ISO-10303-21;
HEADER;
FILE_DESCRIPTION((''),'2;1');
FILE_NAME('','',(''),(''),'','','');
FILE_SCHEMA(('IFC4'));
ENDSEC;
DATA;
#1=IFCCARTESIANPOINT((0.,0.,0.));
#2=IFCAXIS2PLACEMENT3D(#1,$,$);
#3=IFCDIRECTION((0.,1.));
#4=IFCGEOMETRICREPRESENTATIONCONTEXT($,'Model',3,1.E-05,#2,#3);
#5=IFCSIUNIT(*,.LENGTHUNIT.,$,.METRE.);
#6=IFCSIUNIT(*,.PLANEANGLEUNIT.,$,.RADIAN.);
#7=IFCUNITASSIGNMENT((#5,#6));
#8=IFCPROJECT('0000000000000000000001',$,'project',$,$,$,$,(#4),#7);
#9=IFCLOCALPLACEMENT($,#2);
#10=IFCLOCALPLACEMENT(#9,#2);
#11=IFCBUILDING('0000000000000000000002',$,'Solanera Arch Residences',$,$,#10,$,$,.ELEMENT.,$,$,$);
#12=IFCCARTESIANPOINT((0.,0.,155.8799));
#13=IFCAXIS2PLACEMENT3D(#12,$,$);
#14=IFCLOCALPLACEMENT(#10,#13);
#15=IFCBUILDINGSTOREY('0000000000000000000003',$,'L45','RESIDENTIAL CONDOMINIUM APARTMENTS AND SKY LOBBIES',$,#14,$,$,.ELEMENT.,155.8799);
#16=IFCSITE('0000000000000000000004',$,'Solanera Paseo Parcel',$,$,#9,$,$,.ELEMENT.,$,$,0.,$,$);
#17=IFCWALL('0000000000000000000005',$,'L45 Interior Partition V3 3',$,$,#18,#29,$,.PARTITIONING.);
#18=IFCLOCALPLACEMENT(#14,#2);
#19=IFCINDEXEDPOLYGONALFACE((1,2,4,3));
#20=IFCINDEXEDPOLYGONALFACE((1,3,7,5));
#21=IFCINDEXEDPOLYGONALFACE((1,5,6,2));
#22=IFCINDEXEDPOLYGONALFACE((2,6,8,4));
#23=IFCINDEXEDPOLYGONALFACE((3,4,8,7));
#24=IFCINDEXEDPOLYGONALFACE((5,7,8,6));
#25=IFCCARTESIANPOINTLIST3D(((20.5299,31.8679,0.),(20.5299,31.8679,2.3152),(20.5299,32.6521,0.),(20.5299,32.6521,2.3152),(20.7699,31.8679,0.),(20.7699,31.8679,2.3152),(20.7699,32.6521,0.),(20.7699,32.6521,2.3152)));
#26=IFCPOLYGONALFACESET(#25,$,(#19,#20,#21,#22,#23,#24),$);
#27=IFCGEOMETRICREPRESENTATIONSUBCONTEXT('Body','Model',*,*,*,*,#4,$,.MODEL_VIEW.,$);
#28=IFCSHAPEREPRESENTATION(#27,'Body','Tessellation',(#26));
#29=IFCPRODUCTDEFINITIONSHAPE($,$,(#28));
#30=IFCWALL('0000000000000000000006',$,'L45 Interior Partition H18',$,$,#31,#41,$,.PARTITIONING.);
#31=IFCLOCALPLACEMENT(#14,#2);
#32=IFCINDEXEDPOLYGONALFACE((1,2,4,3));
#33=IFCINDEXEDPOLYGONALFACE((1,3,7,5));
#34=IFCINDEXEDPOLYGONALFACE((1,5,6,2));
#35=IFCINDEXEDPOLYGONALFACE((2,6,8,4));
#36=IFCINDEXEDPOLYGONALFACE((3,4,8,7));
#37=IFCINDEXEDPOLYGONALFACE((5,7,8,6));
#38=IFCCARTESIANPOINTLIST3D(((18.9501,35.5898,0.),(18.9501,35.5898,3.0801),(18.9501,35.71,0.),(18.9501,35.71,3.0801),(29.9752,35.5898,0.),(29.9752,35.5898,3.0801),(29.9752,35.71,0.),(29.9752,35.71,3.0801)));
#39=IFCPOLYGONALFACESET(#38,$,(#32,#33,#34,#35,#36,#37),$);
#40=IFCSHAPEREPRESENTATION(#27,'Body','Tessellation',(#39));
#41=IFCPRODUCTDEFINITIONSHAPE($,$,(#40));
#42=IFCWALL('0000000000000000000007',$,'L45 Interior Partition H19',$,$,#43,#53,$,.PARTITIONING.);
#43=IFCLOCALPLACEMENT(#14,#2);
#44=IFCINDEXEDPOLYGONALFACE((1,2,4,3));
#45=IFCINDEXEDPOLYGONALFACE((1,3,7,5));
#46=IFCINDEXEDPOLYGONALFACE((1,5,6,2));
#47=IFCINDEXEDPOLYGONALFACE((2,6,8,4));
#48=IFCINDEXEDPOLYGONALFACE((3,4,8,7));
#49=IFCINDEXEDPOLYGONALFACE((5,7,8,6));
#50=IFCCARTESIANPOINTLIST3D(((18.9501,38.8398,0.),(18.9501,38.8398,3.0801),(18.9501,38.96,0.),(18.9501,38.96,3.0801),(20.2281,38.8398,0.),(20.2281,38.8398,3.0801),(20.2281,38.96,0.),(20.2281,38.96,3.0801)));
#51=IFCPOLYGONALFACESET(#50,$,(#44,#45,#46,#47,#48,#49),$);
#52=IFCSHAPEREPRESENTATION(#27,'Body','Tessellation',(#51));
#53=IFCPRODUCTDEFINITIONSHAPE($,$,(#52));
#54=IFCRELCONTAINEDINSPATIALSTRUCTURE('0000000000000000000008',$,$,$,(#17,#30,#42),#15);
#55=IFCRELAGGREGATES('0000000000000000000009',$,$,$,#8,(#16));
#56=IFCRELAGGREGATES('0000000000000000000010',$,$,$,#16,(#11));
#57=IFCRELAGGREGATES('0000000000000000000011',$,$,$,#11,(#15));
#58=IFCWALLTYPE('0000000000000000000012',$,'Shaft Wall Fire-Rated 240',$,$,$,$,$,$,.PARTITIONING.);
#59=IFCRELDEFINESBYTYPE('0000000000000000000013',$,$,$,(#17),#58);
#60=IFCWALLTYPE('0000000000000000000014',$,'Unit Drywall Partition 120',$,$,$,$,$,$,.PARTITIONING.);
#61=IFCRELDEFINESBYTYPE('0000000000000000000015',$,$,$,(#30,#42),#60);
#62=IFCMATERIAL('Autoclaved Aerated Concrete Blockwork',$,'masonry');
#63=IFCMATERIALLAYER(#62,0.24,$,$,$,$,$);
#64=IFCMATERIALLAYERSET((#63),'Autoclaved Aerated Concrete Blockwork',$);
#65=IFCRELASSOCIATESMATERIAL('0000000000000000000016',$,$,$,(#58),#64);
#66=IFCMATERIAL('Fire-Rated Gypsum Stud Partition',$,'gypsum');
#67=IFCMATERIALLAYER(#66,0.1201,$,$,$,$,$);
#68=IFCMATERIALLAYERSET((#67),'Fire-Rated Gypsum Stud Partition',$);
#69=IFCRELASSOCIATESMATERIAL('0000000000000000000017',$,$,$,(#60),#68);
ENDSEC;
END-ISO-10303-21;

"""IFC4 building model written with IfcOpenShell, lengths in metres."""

from ifc_helpers import new_model, si_unit, direction, frame, frame_2d, origin, place, context, subcontext, project, spatial, rectangle, extrude, material, layer, layer_set, type_object, element, save


model = new_model("IFC4")

# Units and contexts
model_context = context("Model", 3, precision=1e-05, world=origin(), true_north=direction((0.0, 1.0)))
body_context = subcontext(model_context, "Body", "Model", "MODEL_VIEW")
ifc_project = project(units=[si_unit("LENGTHUNIT", "METRE"), si_unit("PLANEANGLEUNIT", "RADIAN")], contexts=[model_context])

# Site, building, storey
site_placement = place(None, origin())
site = spatial("IfcSite", under=ifc_project, at=site_placement, Name="Solanera Paseo Parcel", CompositionType="ELEMENT", RefElevation=0.0)
building_placement = place(site_placement, origin())
building = spatial("IfcBuilding", under=site, at=building_placement, Name="Solanera Arch Residences", CompositionType="ELEMENT")
storey_placement = place(building_placement, frame((0.0, 0.0, 155.8799)))
storey = spatial("IfcBuildingStorey", under=building, at=storey_placement, Name="L45", Description="RESIDENTIAL CONDOMINIUM APARTMENTS AND SKY LOBBIES", CompositionType="ELEMENT", Elevation=155.8799)

# Shared definitions
ifc_material_1 = material(Name="Autoclaved Aerated Concrete Blockwork", Category="masonry")
ifc_layer_1 = layer(ifc_material_1, 0.24)
ifc_layer_set_1 = layer_set([ifc_layer_1], Name="Autoclaved Aerated Concrete Blockwork")
wall_type_1 = type_object("IfcWallType", Name="Shaft Wall Fire-Rated 240", PredefinedType="PARTITIONING", material=ifc_layer_set_1)

# Walls
wall_1_placement = place(storey_placement, frame((20.6499, 31.8679, 0.0), z_axis=(0.0, 0.0, 1.0), x_axis=(0.0, 1.0, 0.0)))
element("IfcWall", 1, at=wall_1_placement, inside=storey, type_object=wall_type_1, Name="L45 Interior Partition V3 3", PredefinedType="PARTITIONING", context=body_context, shape_type="SweptSolid", body=[
    extrude(rectangle(XDim=0.7842, YDim=0.24, at=frame_2d((0.3921, 0.0))), origin(), (0.0, 0.0, 1.0), 2.3152),
])
ifc_material_2 = material(Name="Fire-Rated Gypsum Stud Partition", Category="gypsum")
ifc_layer_2 = layer(ifc_material_2, 0.1201)
ifc_layer_set_2 = layer_set([ifc_layer_2], Name="Fire-Rated Gypsum Stud Partition")
wall_type_2 = type_object("IfcWallType", Name="Unit Drywall Partition 120", PredefinedType="PARTITIONING", material=ifc_layer_set_2)
wall_2_placement = place(storey_placement, frame((18.95, 35.6499, 0.0), z_axis=(0.0, 0.0, 1.0), x_axis=(1.0, 0.0, 0.0)))
element("IfcWall", 2, at=wall_2_placement, inside=storey, type_object=wall_type_2, Name="L45 Interior Partition H18", PredefinedType="PARTITIONING", context=body_context, shape_type="SweptSolid", body=[
    extrude(rectangle(XDim=11.0251, YDim=0.1201, at=frame_2d((5.5127, 0.0))), origin(), (0.0, 0.0, 1.0), 3.0801),
])
wall_3_placement = place(storey_placement, frame((18.95, 38.8999, 0.0), z_axis=(0.0, 0.0, 1.0), x_axis=(1.0, 0.0, 0.0)))
element("IfcWall", 3, at=wall_3_placement, inside=storey, type_object=wall_type_2, Name="L45 Interior Partition H19", PredefinedType="PARTITIONING", context=body_context, shape_type="SweptSolid", body=[
    extrude(rectangle(XDim=1.2781, YDim=0.1201, at=frame_2d((0.6392, 0.0))), origin(), (0.0, 0.0, 1.0), 3.0801),
])

save(model, "model.ifc")
